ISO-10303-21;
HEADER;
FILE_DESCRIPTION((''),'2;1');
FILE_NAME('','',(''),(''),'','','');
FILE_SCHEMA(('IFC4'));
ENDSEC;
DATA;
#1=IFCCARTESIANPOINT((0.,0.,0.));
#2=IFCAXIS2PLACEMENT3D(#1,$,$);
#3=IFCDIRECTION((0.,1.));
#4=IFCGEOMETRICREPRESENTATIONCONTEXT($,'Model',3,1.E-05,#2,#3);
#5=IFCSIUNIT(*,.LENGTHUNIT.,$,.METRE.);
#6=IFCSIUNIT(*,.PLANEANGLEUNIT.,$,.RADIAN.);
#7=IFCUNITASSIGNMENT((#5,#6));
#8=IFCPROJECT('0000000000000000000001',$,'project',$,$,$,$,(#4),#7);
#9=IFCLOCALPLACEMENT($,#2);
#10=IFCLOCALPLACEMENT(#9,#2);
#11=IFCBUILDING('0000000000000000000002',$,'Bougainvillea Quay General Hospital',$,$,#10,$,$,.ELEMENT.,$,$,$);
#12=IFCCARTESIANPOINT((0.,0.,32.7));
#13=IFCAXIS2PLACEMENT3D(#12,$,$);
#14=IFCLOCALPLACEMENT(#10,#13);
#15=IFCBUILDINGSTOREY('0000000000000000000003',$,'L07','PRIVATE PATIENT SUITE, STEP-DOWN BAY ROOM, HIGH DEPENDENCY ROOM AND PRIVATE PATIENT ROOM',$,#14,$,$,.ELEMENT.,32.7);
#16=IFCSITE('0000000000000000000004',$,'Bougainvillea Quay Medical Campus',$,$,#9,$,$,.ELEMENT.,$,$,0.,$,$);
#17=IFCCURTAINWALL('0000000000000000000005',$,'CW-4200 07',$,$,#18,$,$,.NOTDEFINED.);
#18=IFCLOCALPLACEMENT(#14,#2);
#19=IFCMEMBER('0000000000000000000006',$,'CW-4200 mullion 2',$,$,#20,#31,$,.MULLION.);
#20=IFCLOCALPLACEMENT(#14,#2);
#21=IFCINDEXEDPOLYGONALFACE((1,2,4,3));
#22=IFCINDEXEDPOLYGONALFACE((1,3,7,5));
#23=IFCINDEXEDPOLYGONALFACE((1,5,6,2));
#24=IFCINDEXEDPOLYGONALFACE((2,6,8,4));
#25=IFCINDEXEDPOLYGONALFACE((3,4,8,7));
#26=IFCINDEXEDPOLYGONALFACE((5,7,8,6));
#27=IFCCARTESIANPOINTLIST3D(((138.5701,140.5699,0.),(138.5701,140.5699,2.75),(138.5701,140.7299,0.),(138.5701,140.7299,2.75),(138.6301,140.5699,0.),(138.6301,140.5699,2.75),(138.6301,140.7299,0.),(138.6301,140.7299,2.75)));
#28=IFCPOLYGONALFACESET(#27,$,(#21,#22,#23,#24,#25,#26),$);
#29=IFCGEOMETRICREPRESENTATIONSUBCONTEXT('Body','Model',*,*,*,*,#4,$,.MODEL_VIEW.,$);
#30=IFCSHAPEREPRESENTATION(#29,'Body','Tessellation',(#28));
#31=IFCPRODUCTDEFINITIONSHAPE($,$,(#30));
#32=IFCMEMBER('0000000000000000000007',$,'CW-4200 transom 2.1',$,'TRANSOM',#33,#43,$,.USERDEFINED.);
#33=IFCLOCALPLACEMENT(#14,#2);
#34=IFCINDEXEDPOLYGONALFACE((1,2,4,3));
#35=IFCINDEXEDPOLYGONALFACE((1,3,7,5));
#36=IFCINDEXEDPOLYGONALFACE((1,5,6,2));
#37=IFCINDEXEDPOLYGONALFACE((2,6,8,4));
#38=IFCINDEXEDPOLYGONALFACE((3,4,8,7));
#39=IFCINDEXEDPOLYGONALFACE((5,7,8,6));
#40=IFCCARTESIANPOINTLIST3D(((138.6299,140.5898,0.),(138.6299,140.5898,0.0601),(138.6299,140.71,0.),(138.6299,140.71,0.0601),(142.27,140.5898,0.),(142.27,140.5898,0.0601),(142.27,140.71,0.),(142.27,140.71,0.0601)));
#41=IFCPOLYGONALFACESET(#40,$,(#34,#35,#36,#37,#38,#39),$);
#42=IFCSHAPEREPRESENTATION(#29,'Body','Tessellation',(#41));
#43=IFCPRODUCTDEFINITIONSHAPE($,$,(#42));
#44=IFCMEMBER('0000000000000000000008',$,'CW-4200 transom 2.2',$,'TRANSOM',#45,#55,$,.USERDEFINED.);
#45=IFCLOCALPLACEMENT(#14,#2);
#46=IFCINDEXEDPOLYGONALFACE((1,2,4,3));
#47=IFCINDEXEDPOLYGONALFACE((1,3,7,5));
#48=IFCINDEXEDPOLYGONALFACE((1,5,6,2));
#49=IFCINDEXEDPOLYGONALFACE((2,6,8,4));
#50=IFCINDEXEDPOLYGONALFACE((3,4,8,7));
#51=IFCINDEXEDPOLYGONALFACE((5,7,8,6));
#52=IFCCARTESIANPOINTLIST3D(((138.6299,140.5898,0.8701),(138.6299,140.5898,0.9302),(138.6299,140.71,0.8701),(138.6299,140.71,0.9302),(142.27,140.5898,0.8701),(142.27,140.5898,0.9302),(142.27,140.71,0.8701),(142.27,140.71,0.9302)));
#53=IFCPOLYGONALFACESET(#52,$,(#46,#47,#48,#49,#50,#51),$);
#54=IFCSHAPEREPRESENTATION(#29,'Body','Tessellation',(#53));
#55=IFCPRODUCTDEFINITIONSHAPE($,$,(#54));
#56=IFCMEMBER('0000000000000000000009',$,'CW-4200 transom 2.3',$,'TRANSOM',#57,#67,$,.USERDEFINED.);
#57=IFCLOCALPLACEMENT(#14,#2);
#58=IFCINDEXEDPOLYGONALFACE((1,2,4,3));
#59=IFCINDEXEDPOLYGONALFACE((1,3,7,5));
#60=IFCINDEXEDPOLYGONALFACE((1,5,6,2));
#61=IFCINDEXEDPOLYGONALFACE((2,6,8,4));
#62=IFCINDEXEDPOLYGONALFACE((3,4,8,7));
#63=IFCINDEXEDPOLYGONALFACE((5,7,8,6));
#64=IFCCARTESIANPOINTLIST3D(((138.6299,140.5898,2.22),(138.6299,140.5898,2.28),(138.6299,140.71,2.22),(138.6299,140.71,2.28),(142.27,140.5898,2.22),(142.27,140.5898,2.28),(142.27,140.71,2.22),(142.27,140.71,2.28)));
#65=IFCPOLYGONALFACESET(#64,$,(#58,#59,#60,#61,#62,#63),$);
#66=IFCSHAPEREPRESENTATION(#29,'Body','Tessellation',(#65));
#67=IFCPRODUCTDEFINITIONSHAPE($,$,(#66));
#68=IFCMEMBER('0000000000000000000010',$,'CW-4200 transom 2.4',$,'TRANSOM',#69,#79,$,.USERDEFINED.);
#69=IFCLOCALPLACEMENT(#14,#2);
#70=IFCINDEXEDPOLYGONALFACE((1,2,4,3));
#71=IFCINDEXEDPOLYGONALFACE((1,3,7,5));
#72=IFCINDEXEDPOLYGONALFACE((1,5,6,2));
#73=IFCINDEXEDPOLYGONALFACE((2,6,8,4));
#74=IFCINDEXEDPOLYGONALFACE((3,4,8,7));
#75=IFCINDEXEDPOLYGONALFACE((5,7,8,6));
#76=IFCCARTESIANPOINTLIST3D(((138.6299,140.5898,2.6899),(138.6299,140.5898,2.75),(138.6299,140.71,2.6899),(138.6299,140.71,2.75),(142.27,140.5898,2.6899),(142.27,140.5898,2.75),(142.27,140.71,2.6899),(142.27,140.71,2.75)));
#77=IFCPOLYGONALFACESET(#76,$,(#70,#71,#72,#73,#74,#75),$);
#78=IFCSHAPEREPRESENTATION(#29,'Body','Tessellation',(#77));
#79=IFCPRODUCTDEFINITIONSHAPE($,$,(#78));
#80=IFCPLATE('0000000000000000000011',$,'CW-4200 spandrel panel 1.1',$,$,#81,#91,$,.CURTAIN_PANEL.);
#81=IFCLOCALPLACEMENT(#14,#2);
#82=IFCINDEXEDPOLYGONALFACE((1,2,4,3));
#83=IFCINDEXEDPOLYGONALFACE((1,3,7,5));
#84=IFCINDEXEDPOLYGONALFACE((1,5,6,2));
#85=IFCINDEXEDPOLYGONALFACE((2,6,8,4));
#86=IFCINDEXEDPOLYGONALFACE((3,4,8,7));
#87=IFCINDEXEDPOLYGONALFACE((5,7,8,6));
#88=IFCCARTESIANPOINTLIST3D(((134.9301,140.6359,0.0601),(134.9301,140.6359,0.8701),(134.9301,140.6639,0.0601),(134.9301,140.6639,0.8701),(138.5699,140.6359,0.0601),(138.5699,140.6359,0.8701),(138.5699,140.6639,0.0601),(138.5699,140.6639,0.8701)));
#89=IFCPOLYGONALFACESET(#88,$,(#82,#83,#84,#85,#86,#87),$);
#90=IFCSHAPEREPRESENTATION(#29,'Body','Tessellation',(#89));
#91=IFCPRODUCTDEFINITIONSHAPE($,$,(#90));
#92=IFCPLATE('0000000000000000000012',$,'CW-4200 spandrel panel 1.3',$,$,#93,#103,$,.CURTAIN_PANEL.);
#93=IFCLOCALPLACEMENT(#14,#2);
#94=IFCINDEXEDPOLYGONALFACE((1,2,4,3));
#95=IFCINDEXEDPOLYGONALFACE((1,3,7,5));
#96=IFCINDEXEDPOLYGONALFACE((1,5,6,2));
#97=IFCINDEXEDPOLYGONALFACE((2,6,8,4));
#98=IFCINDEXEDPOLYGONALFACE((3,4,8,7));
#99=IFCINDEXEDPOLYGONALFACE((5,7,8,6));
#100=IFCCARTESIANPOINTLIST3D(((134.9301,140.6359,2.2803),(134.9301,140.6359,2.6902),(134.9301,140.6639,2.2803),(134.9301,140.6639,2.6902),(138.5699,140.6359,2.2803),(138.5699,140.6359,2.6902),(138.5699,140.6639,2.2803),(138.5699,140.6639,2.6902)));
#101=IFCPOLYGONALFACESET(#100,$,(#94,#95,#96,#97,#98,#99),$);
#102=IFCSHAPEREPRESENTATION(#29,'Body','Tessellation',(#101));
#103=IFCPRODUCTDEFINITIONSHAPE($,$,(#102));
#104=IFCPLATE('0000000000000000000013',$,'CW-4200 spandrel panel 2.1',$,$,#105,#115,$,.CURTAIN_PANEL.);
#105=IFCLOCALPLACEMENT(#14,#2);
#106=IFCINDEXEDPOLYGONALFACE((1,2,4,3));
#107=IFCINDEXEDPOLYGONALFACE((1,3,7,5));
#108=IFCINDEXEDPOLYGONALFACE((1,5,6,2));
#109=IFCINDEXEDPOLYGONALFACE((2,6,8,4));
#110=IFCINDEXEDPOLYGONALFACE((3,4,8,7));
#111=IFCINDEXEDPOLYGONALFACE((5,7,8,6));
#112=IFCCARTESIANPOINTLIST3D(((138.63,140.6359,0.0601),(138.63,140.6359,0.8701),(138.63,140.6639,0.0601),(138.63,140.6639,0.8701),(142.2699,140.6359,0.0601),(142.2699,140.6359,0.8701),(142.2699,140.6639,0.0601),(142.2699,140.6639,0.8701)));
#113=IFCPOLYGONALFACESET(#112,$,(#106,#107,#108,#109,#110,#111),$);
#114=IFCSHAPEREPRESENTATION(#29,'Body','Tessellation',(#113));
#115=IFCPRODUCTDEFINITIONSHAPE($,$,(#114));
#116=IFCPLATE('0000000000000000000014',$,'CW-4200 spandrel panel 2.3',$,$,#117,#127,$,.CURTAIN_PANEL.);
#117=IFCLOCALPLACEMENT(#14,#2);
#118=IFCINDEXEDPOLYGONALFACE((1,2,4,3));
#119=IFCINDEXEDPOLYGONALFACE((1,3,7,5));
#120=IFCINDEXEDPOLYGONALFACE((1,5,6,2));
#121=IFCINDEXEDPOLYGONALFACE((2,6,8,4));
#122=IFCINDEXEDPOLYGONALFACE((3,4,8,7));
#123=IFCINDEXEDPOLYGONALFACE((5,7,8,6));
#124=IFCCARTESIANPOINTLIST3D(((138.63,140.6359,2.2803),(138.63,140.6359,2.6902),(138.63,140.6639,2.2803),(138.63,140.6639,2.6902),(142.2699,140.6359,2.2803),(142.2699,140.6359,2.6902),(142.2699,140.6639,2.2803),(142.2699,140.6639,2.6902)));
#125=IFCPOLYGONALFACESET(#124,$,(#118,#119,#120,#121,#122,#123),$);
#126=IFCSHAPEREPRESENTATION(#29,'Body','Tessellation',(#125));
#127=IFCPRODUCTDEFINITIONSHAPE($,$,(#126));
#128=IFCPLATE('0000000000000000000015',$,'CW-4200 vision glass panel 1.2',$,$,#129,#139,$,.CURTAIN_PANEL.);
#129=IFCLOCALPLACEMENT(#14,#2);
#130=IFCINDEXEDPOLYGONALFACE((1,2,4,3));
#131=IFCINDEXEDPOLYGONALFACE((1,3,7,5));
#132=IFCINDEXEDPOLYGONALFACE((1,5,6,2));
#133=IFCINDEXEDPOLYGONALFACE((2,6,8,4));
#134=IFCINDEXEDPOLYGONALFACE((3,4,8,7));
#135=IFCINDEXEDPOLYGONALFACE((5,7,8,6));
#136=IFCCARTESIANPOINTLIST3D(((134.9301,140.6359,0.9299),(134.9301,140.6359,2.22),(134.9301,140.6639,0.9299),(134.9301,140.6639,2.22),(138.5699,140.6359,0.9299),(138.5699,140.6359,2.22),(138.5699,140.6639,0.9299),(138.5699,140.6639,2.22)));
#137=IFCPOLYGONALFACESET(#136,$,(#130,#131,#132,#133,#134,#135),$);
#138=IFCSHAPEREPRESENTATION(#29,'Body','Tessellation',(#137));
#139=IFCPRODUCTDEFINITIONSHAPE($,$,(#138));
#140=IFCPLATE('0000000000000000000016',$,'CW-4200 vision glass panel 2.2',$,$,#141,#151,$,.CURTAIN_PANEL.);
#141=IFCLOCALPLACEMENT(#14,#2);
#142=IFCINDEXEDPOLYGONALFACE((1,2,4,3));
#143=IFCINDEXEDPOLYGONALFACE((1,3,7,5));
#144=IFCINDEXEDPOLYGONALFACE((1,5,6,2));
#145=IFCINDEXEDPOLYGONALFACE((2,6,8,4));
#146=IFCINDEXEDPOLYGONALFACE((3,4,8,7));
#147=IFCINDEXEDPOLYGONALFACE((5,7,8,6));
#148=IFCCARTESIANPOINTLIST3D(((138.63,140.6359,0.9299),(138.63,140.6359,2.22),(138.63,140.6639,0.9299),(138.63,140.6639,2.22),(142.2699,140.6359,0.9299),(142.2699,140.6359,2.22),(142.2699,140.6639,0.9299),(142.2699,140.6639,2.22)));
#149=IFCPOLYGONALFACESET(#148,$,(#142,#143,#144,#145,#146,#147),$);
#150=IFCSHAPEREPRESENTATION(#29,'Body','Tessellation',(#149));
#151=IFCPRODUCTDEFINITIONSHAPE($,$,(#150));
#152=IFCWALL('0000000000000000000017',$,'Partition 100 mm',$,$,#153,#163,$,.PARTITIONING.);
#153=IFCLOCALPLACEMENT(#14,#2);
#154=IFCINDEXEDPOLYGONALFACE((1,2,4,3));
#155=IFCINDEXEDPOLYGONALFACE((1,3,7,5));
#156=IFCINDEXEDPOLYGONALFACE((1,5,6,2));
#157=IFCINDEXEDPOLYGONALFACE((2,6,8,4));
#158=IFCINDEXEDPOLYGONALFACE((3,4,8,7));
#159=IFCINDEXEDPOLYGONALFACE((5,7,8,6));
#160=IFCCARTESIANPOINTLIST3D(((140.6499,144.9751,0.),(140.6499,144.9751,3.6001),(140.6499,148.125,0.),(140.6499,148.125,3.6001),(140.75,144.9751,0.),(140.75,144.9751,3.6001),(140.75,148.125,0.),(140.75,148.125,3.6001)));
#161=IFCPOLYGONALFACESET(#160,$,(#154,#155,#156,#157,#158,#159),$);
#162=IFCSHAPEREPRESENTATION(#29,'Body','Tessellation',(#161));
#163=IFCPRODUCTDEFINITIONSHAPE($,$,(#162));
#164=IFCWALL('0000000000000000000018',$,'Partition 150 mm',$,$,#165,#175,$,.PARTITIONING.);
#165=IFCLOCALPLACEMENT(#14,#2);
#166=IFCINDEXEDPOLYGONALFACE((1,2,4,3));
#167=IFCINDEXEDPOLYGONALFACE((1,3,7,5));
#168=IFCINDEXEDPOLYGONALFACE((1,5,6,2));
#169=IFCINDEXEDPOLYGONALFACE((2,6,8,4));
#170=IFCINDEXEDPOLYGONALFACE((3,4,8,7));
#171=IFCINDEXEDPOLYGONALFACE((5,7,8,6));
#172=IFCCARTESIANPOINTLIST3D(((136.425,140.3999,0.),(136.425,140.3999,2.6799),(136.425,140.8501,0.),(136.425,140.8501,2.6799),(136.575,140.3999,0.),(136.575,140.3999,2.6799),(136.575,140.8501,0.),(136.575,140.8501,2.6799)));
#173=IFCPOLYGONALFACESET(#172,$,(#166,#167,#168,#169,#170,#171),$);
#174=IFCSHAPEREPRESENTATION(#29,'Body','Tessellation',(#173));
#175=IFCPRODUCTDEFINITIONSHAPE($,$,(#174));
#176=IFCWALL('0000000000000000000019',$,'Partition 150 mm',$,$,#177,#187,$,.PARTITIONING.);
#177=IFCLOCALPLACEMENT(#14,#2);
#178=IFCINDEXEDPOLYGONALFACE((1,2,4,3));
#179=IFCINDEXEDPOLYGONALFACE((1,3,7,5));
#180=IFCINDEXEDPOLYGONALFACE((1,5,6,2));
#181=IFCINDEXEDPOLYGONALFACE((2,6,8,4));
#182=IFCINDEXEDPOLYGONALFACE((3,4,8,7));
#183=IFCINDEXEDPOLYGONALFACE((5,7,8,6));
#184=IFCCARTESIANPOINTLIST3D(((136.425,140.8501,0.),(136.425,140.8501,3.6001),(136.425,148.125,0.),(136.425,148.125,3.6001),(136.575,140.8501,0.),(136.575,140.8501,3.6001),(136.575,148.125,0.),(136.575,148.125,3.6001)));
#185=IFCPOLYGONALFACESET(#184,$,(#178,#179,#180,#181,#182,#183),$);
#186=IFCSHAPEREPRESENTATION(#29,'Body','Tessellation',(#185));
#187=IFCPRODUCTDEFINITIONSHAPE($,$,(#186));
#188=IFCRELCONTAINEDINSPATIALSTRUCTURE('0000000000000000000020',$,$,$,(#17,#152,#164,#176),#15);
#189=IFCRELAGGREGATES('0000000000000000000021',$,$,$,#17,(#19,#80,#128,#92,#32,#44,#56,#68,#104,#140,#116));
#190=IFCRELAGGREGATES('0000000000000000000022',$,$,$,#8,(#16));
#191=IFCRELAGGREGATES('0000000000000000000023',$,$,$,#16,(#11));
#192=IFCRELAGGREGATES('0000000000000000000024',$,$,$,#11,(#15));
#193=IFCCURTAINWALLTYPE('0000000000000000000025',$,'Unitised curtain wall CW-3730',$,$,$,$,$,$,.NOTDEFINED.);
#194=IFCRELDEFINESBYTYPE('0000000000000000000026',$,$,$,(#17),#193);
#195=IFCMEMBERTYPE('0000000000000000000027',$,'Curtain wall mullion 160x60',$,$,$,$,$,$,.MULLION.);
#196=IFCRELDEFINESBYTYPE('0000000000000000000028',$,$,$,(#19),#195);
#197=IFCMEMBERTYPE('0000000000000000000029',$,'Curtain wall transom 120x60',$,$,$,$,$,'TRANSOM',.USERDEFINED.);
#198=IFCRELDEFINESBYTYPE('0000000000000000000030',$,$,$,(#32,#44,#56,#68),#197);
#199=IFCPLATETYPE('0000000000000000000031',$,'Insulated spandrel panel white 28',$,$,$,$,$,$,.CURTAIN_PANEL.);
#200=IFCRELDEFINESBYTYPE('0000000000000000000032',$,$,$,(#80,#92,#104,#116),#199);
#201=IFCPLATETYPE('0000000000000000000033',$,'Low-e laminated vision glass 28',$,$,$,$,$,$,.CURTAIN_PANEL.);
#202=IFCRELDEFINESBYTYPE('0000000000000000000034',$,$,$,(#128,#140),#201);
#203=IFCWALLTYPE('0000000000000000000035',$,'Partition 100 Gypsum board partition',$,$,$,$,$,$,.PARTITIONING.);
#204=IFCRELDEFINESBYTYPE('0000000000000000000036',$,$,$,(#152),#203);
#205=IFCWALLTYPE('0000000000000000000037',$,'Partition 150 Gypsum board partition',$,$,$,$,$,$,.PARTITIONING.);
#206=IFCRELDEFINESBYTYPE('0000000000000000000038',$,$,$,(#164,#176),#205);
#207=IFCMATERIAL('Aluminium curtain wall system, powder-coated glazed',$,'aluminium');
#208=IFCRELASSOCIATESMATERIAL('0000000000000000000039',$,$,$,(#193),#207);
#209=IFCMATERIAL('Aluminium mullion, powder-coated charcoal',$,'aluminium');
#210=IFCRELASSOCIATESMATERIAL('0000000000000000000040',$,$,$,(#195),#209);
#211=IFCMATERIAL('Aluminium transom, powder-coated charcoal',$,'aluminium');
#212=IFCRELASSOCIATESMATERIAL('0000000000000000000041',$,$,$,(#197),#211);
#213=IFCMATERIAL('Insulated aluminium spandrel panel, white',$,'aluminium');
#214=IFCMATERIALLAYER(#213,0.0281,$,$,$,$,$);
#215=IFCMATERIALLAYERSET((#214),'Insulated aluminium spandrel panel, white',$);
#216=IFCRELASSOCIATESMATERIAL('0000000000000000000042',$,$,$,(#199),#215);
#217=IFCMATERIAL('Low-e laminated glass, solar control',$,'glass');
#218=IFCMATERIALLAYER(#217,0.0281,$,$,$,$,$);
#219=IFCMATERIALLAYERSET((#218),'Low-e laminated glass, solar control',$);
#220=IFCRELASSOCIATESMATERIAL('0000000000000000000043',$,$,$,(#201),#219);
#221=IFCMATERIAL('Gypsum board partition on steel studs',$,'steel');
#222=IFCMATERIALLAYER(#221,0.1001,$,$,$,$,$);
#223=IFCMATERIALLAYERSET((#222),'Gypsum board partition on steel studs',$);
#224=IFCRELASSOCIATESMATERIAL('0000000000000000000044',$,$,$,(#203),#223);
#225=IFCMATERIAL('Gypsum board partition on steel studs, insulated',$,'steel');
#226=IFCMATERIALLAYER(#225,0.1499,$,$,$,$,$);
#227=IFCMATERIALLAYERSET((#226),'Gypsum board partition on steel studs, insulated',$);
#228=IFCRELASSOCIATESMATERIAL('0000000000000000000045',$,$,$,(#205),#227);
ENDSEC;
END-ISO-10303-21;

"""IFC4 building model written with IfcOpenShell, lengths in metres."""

from ifc_helpers import new_model, si_unit, direction, frame, frame_2d, origin, origin_2d, place, context, subcontext, project, spatial, rectangle, extrude, material, layer, layer_set, material_profile, profile_set, type_object, element, aggregate, save


model = new_model("IFC4")

# Units and contexts
model_context = context("Model", 3, precision=1e-05, world=origin(), true_north=direction((0.0, 1.0)))
body_context = subcontext(model_context, "Body", "Model", "MODEL_VIEW")
ifc_project = project(units=[si_unit("LENGTHUNIT", "METRE"), si_unit("PLANEANGLEUNIT", "RADIAN")], contexts=[model_context])

# Site, building, storey
site_placement = place(None, origin())
site = spatial("IfcSite", under=ifc_project, at=site_placement, Name="Bougainvillea Quay Medical Campus", CompositionType="ELEMENT", RefElevation=0.0)
building_placement = place(site_placement, origin())
building = spatial("IfcBuilding", under=site, at=building_placement, Name="Bougainvillea Quay General Hospital", CompositionType="ELEMENT")
storey_placement = place(building_placement, frame((0.0, 0.0, 32.7)))
storey = spatial("IfcBuildingStorey", under=building, at=storey_placement, Name="L07", Description="PRIVATE PATIENT SUITE, STEP-DOWN BAY ROOM, HIGH DEPENDENCY ROOM AND PRIVATE PATIENT ROOM", CompositionType="ELEMENT", Elevation=32.7)

# Curtain wall, members, plates
ifc_material_1 = material(Name="Aluminium curtain wall system, powder-coated glazed", Category="aluminium")
curtain_wall_type = type_object("IfcCurtainWallType", Name="Unitised curtain wall CW-3730", PredefinedType="NOTDEFINED", material=ifc_material_1)
curtain_wall_placement = place(storey_placement, origin())
curtain_wall = element("IfcCurtainWall", 1, at=curtain_wall_placement, inside=storey, type_object=curtain_wall_type, Name="CW-4200 07", PredefinedType="NOTDEFINED")
ifc_material_2 = material(Name="Aluminium mullion, powder-coated charcoal", Category="aluminium")
ifc_material_profile_1 = material_profile(ifc_material_2, rectangle(XDim=0.1599, YDim=0.0601, at=origin_2d()))
ifc_profile_set_1 = profile_set([ifc_material_profile_1], Name="Aluminium mullion, powder-coated charcoal")
member_type_1 = type_object("IfcMemberType", Name="Curtain wall mullion 160x60", PredefinedType="MULLION", material=ifc_profile_set_1)
member_1_placement = place(storey_placement, frame((138.6001, 140.6499, 0.0), z_axis=(0.0, 0.0, 1.0), x_axis=(0.0, 1.0, 0.0)))
member_1 = element("IfcMember", 2, at=member_1_placement, type_object=member_type_1, Name="CW-4200 mullion 2", PredefinedType="MULLION", context=body_context, shape_type="SweptSolid", body=[
    extrude(rectangle(XDim=0.1599, YDim=0.0601, at=origin_2d()), origin(), (0.0, 0.0, 1.0), 2.75),
])
ifc_material_3 = material(Name="Aluminium transom, powder-coated charcoal", Category="aluminium")
ifc_material_profile_2 = material_profile(ifc_material_3, rectangle(XDim=0.1201, YDim=0.0601, at=origin_2d()))
ifc_profile_set_2 = profile_set([ifc_material_profile_2], Name="Aluminium transom, powder-coated charcoal")
member_type_2 = type_object("IfcMemberType", Name="Curtain wall transom 120x60", ElementType="TRANSOM", PredefinedType="USERDEFINED", material=ifc_profile_set_2)
member_2_placement = place(storey_placement, frame((138.6299, 140.6499, 0.03), z_axis=(1.0, 0.0, 0.0), x_axis=(0.0, 1.0, 0.0)))
member_2 = element("IfcMember", 3, at=member_2_placement, type_object=member_type_2, Name="CW-4200 transom 2.1", ObjectType="TRANSOM", PredefinedType="USERDEFINED", context=body_context, shape_type="SweptSolid", body=[
    extrude(rectangle(XDim=0.1201, YDim=0.0601, at=origin_2d()), origin(), (0.0, 0.0, 1.0), 3.6401),
])
member_3_placement = place(storey_placement, frame((138.6299, 140.6499, 0.9001), z_axis=(1.0, 0.0, 0.0), x_axis=(0.0, 1.0, 0.0)))
member_3 = element("IfcMember", 4, at=member_3_placement, type_object=member_type_2, Name="CW-4200 transom 2.2", ObjectType="TRANSOM", PredefinedType="USERDEFINED", context=body_context, shape_type="SweptSolid", body=[
    extrude(rectangle(XDim=0.1201, YDim=0.0601, at=origin_2d()), origin(), (0.0, 0.0, 1.0), 3.6401),
])
member_4_placement = place(storey_placement, frame((138.6299, 140.6499, 2.25), z_axis=(1.0, 0.0, 0.0), x_axis=(0.0, 1.0, 0.0)))
member_4 = element("IfcMember", 5, at=member_4_placement, type_object=member_type_2, Name="CW-4200 transom 2.3", ObjectType="TRANSOM", PredefinedType="USERDEFINED", context=body_context, shape_type="SweptSolid", body=[
    extrude(rectangle(XDim=0.1201, YDim=0.0601, at=origin_2d()), origin(), (0.0, 0.0, 1.0), 3.6401),
])
member_5_placement = place(storey_placement, frame((138.6299, 140.6499, 2.72), z_axis=(1.0, 0.0, 0.0), x_axis=(0.0, 1.0, 0.0)))
member_5 = element("IfcMember", 6, at=member_5_placement, type_object=member_type_2, Name="CW-4200 transom 2.4", ObjectType="TRANSOM", PredefinedType="USERDEFINED", context=body_context, shape_type="SweptSolid", body=[
    extrude(rectangle(XDim=0.1201, YDim=0.0601, at=origin_2d()), origin(), (0.0, 0.0, 1.0), 3.6401),
])
ifc_material_4 = material(Name="Insulated aluminium spandrel panel, white", Category="aluminium")
ifc_layer_1 = layer(ifc_material_4, 0.0281)
ifc_layer_set_1 = layer_set([ifc_layer_1], Name="Insulated aluminium spandrel panel, white")
plate_type_1 = type_object("IfcPlateType", Name="Insulated spandrel panel white 28", PredefinedType="CURTAIN_PANEL", material=ifc_layer_set_1)
plate_1_placement = place(storey_placement, frame((136.75, 140.6499, 0.0601), z_axis=(0.0, 0.0, 1.0), x_axis=(1.0, 0.0, 0.0)))
plate_1 = element("IfcPlate", 7, at=plate_1_placement, type_object=plate_type_1, Name="CW-4200 spandrel panel 1.1", PredefinedType="CURTAIN_PANEL", context=body_context, shape_type="SweptSolid", body=[
    extrude(rectangle(XDim=3.6399, YDim=0.0281, at=origin_2d()), origin(), (0.0, 0.0, 1.0), 0.8101),
])
plate_2_placement = place(storey_placement, frame((136.75, 140.6499, 2.2803), z_axis=(0.0, 0.0, 1.0), x_axis=(1.0, 0.0, 0.0)))
plate_2 = element("IfcPlate", 8, at=plate_2_placement, type_object=plate_type_1, Name="CW-4200 spandrel panel 1.3", PredefinedType="CURTAIN_PANEL", context=body_context, shape_type="SweptSolid", body=[
    extrude(rectangle(XDim=3.6399, YDim=0.0281, at=origin_2d()), origin(), (0.0, 0.0, 1.0), 0.4099),
])
plate_3_placement = place(storey_placement, frame((140.45, 140.6499, 0.0601), z_axis=(0.0, 0.0, 1.0), x_axis=(1.0, 0.0, 0.0)))
plate_3 = element("IfcPlate", 9, at=plate_3_placement, type_object=plate_type_1, Name="CW-4200 spandrel panel 2.1", PredefinedType="CURTAIN_PANEL", context=body_context, shape_type="SweptSolid", body=[
    extrude(rectangle(XDim=3.6399, YDim=0.0281, at=origin_2d()), origin(), (0.0, 0.0, 1.0), 0.8101),
])
plate_4_placement = place(storey_placement, frame((140.45, 140.6499, 2.2803), z_axis=(0.0, 0.0, 1.0), x_axis=(1.0, 0.0, 0.0)))
plate_4 = element("IfcPlate", 10, at=plate_4_placement, type_object=plate_type_1, Name="CW-4200 spandrel panel 2.3", PredefinedType="CURTAIN_PANEL", context=body_context, shape_type="SweptSolid", body=[
    extrude(rectangle(XDim=3.6399, YDim=0.0281, at=origin_2d()), origin(), (0.0, 0.0, 1.0), 0.4099),
])
ifc_material_5 = material(Name="Low-e laminated glass, solar control", Category="glass")
ifc_layer_2 = layer(ifc_material_5, 0.0281)
ifc_layer_set_2 = layer_set([ifc_layer_2], Name="Low-e laminated glass, solar control")
plate_type_2 = type_object("IfcPlateType", Name="Low-e laminated vision glass 28", PredefinedType="CURTAIN_PANEL", material=ifc_layer_set_2)
plate_5_placement = place(storey_placement, frame((136.75, 140.6499, 0.9299), z_axis=(0.0, 0.0, 1.0), x_axis=(1.0, 0.0, 0.0)))
plate_5 = element("IfcPlate", 11, at=plate_5_placement, type_object=plate_type_2, Name="CW-4200 vision glass panel 1.2", PredefinedType="CURTAIN_PANEL", context=body_context, shape_type="SweptSolid", body=[
    extrude(rectangle(XDim=3.6399, YDim=0.0281, at=origin_2d()), origin(), (0.0, 0.0, 1.0), 1.29),
])
plate_6_placement = place(storey_placement, frame((140.45, 140.6499, 0.9299), z_axis=(0.0, 0.0, 1.0), x_axis=(1.0, 0.0, 0.0)))
plate_6 = element("IfcPlate", 12, at=plate_6_placement, type_object=plate_type_2, Name="CW-4200 vision glass panel 2.2", PredefinedType="CURTAIN_PANEL", context=body_context, shape_type="SweptSolid", body=[
    extrude(rectangle(XDim=3.6399, YDim=0.0281, at=origin_2d()), origin(), (0.0, 0.0, 1.0), 1.29),
])
aggregate(curtain_wall, [member_1, plate_1, plate_5, plate_2, member_2, member_3, member_4, member_5, plate_3, plate_6, plate_4])

# Walls
ifc_material_6 = material(Name="Gypsum board partition on steel studs", Category="steel")
ifc_layer_3 = layer(ifc_material_6, 0.1001)
ifc_layer_set_3 = layer_set([ifc_layer_3], Name="Gypsum board partition on steel studs")
wall_type_1 = type_object("IfcWallType", Name="Partition 100 Gypsum board partition", PredefinedType="PARTITIONING", material=ifc_layer_set_3)
wall_1_placement = place(storey_placement, frame((140.7, 144.9751, 0.0), z_axis=(0.0, 0.0, 1.0), x_axis=(0.0, 1.0, 0.0)))
element("IfcWall", 13, at=wall_1_placement, inside=storey, type_object=wall_type_1, Name="Partition 100 mm", PredefinedType="PARTITIONING", context=body_context, shape_type="SweptSolid", body=[
    extrude(rectangle(XDim=3.1499, YDim=0.1001, at=frame_2d((1.575, 0.0))), origin(), (0.0, 0.0, 1.0), 3.6001),
])
ifc_material_7 = material(Name="Gypsum board partition on steel studs, insulated", Category="steel")
ifc_layer_4 = layer(ifc_material_7, 0.1499)
ifc_layer_set_4 = layer_set([ifc_layer_4], Name="Gypsum board partition on steel studs, insulated")
wall_type_2 = type_object("IfcWallType", Name="Partition 150 Gypsum board partition", PredefinedType="PARTITIONING", material=ifc_layer_set_4)
wall_2_placement = place(storey_placement, frame((136.5, 140.3999, 0.0), z_axis=(0.0, 0.0, 1.0), x_axis=(0.0, 1.0, 0.0)))
element("IfcWall", 14, at=wall_2_placement, inside=storey, type_object=wall_type_2, Name="Partition 150 mm", PredefinedType="PARTITIONING", context=body_context, shape_type="SweptSolid", body=[
    extrude(rectangle(XDim=0.4502, YDim=0.1499, at=frame_2d((0.2251, 0.0))), origin(), (0.0, 0.0, 1.0), 2.6799),
])
wall_3_placement = place(storey_placement, frame((136.5, 140.8501, 0.0), z_axis=(0.0, 0.0, 1.0), x_axis=(0.0, 1.0, 0.0)))
element("IfcWall", 15, at=wall_3_placement, inside=storey, type_object=wall_type_2, Name="Partition 150 mm", PredefinedType="PARTITIONING", context=body_context, shape_type="SweptSolid", body=[
    extrude(rectangle(XDim=7.2749, YDim=0.1499, at=frame_2d((3.6375, 0.0))), origin(), (0.0, 0.0, 1.0), 3.6001),
])

save(model, "model.ifc")
